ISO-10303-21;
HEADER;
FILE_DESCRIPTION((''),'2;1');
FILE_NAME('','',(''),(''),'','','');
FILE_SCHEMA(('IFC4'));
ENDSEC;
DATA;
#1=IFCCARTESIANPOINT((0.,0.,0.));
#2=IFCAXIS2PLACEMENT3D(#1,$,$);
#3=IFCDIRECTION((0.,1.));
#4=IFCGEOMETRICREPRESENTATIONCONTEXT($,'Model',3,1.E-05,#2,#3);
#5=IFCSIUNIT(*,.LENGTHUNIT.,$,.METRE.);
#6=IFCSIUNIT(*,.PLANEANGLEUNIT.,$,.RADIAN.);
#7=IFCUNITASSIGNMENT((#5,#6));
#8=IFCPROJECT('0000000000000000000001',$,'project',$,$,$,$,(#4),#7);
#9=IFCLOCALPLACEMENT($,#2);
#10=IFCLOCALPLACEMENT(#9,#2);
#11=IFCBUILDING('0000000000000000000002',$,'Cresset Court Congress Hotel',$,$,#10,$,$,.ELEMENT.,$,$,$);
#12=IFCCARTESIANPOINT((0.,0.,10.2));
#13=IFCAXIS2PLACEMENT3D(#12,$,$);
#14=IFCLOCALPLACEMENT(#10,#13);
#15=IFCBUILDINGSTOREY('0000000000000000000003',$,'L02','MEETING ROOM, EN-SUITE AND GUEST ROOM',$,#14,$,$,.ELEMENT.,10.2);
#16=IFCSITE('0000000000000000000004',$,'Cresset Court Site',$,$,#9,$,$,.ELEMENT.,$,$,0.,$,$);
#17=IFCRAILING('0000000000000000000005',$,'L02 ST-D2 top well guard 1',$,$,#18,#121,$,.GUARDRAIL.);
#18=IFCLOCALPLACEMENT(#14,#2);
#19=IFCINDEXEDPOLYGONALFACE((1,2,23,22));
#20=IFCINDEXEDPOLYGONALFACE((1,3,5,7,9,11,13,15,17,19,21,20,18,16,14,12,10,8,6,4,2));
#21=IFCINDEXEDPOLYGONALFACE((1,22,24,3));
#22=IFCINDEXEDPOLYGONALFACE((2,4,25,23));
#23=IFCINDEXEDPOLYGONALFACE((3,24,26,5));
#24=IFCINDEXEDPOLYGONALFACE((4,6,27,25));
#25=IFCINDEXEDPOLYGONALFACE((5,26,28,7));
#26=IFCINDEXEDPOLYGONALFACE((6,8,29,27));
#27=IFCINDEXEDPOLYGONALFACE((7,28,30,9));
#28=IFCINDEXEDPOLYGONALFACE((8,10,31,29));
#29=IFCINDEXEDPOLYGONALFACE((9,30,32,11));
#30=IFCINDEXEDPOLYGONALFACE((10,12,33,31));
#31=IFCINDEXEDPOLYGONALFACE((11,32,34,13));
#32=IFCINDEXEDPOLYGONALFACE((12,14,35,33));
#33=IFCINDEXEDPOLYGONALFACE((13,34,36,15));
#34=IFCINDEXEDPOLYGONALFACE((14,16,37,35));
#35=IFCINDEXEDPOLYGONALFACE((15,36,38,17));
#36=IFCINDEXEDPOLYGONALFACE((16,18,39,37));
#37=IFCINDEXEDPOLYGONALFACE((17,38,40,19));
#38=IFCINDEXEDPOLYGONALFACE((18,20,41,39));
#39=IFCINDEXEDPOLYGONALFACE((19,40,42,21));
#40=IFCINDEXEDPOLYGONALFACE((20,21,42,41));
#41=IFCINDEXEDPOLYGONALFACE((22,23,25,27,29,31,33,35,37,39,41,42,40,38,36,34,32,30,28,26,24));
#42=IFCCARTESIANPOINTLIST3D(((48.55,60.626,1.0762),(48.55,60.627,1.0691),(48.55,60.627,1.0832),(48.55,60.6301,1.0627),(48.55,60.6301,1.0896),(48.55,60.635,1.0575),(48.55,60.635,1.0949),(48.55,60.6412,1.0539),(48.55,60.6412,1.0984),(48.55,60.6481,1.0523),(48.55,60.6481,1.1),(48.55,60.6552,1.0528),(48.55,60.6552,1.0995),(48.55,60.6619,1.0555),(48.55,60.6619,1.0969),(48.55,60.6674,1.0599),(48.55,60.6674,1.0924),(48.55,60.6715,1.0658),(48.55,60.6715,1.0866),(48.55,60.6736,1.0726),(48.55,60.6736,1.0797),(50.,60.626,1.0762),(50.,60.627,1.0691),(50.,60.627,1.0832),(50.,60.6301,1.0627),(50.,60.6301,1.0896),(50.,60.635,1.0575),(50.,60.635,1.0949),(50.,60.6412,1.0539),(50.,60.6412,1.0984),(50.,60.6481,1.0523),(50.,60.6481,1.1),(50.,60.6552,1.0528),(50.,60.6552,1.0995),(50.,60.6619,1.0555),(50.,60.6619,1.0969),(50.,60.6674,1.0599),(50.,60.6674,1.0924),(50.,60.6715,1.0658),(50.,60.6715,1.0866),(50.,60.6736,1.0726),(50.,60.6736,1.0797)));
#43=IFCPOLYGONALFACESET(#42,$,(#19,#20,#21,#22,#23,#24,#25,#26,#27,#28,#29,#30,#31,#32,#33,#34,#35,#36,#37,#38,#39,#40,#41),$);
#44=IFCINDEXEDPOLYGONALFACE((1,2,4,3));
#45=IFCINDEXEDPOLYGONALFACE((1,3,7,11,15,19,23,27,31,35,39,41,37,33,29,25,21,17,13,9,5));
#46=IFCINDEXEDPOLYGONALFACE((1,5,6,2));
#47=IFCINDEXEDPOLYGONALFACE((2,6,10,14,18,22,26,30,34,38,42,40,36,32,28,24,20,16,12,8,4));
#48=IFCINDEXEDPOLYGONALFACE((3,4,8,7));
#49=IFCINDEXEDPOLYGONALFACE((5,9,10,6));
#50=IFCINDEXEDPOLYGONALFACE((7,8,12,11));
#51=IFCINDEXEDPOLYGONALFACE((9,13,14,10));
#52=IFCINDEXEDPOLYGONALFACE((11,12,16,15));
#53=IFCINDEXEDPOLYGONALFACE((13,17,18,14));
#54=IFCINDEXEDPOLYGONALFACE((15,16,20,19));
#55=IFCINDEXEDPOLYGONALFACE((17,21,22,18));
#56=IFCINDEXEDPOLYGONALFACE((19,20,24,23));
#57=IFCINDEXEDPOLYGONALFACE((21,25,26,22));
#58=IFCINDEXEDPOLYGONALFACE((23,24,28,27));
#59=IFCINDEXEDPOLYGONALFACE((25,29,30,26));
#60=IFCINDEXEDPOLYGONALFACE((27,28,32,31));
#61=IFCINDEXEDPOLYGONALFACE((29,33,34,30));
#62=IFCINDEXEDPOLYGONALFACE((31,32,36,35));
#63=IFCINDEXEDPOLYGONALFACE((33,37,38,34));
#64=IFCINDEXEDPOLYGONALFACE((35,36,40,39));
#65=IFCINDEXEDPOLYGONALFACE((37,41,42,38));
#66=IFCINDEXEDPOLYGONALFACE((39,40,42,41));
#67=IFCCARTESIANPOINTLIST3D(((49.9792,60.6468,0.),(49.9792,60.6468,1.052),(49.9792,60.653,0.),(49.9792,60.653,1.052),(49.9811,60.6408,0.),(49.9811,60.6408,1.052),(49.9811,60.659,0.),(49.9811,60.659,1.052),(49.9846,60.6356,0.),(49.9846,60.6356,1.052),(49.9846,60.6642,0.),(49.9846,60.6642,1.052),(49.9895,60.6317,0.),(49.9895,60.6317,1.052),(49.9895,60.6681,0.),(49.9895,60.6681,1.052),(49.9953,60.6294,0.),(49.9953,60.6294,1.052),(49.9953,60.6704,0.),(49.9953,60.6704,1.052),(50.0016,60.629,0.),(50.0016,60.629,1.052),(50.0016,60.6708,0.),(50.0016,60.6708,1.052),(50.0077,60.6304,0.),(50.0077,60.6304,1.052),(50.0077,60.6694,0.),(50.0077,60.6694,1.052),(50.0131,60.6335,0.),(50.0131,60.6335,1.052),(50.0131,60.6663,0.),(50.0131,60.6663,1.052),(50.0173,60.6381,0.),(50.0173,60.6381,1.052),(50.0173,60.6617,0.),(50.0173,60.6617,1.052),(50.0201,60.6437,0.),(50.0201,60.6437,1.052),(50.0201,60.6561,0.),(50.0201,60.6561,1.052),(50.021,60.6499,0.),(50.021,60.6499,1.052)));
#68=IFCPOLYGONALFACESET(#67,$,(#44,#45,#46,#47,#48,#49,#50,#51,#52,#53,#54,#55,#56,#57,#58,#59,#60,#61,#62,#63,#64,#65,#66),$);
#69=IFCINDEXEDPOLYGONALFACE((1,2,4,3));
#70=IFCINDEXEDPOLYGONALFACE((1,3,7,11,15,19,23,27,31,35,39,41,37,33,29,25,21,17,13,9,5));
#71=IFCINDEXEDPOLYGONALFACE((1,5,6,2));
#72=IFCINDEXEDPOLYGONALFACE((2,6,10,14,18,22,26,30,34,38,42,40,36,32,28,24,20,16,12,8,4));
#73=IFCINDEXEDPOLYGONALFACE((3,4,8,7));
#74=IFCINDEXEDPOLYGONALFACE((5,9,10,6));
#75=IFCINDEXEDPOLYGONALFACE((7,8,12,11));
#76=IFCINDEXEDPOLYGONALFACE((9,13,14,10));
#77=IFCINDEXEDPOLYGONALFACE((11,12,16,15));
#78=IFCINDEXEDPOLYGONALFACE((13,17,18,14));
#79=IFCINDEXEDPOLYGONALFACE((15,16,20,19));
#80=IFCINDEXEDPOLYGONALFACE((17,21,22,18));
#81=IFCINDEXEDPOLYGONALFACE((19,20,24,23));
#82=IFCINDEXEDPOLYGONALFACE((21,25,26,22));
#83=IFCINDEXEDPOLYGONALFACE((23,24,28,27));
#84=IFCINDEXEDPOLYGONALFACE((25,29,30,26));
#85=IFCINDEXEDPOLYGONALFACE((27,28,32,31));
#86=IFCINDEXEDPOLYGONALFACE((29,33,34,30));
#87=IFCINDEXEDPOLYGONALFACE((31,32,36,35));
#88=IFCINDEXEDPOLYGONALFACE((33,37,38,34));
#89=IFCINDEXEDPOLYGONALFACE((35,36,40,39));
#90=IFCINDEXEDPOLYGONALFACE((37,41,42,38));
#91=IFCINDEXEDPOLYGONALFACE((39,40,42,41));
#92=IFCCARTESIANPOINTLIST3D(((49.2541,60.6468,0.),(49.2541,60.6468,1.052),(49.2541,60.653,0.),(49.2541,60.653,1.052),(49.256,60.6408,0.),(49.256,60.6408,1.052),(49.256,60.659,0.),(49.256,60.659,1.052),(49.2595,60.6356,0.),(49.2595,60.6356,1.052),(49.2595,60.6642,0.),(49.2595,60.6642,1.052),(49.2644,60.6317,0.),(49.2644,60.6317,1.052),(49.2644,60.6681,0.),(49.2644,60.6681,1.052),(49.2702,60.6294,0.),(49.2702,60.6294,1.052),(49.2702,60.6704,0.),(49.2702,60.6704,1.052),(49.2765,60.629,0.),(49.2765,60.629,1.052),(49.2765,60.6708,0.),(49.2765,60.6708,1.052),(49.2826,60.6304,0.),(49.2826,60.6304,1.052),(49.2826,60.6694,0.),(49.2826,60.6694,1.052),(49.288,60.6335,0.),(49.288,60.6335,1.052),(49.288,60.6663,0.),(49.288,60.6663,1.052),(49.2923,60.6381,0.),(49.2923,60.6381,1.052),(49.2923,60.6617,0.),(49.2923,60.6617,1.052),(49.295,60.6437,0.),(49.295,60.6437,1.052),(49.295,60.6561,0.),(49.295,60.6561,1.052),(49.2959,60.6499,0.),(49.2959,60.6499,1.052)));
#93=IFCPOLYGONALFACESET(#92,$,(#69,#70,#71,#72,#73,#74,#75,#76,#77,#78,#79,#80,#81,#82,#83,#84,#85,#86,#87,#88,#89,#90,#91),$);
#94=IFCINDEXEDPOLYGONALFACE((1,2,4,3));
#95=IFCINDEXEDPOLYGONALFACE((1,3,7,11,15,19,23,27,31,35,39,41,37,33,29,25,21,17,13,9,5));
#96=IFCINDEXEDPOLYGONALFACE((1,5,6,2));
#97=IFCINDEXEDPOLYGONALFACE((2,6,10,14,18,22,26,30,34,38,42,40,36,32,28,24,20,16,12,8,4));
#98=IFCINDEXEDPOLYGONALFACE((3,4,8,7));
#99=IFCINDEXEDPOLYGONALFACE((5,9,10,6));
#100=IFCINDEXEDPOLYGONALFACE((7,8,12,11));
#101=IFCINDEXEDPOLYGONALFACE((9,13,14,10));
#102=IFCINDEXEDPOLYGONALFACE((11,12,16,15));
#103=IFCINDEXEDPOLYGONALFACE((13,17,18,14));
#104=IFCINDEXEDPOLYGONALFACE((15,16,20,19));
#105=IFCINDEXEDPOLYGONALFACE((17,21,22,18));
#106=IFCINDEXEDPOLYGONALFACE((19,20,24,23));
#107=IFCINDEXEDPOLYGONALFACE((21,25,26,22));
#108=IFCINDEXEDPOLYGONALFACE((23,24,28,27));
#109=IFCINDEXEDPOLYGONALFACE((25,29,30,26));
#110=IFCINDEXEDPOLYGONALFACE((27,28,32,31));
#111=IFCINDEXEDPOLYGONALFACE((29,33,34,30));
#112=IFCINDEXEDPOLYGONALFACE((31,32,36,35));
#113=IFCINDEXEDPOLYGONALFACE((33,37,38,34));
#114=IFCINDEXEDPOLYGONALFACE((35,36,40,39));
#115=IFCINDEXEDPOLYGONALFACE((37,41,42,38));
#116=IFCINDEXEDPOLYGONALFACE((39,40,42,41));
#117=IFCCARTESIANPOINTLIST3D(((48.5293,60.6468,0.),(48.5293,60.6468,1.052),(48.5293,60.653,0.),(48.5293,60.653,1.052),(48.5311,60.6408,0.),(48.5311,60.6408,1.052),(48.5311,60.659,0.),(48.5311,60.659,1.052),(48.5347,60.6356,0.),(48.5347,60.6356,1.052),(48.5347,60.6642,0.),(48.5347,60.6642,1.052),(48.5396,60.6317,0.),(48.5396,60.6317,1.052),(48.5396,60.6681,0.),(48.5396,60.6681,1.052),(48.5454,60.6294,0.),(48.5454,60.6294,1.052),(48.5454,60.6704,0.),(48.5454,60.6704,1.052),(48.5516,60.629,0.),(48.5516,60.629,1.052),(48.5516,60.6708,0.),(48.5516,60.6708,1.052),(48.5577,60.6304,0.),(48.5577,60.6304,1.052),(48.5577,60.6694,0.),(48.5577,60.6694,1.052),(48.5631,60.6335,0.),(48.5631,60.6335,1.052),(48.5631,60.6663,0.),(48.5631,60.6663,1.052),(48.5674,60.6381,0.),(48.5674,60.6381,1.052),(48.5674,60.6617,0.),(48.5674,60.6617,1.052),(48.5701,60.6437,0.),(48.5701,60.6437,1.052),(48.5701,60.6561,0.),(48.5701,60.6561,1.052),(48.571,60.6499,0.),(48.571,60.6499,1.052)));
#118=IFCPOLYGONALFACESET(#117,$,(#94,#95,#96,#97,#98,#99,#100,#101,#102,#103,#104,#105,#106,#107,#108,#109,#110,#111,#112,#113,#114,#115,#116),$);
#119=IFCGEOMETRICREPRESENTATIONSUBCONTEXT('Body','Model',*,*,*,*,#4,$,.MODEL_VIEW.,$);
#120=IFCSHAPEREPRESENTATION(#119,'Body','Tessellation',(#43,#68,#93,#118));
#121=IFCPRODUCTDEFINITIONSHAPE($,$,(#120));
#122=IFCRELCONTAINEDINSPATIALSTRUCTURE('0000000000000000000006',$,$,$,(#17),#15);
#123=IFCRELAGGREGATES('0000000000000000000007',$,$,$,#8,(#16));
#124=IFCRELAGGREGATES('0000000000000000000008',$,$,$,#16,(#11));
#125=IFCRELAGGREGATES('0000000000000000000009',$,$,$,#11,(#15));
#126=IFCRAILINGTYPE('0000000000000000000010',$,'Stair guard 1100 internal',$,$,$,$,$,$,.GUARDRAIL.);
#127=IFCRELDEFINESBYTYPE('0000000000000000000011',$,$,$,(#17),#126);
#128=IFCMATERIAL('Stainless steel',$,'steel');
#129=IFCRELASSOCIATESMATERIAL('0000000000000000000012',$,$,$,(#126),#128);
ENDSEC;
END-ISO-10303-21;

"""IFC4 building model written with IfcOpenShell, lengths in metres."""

from ifc_helpers import new_model, si_unit, direction, frame, origin, origin_2d, place, context, subcontext, project, spatial, circle, extrude, material, type_object, element, save


model = new_model("IFC4")

# Units and contexts
model_context = context("Model", 3, precision=1e-05, world=origin(), true_north=direction((0.0, 1.0)))
body_context = subcontext(model_context, "Body", "Model", "MODEL_VIEW")
ifc_project = project(units=[si_unit("LENGTHUNIT", "METRE"), si_unit("PLANEANGLEUNIT", "RADIAN")], contexts=[model_context])

# Site, building, storey
site_placement = place(None, origin())
site = spatial("IfcSite", under=ifc_project, at=site_placement, Name="Cresset Court Site", CompositionType="ELEMENT", RefElevation=0.0)
building_placement = place(site_placement, origin())
building = spatial("IfcBuilding", under=site, at=building_placement, Name="Cresset Court Congress Hotel", CompositionType="ELEMENT")
storey_placement = place(building_placement, frame((0.0, 0.0, 10.2)))
storey = spatial("IfcBuildingStorey", under=building, at=storey_placement, Name="L02", Description="MEETING ROOM, EN-SUITE AND GUEST ROOM", CompositionType="ELEMENT", Elevation=10.2)

# Railing
ifc_material_1 = material(Name="Stainless steel", Category="steel")
railing_type_1 = type_object("IfcRailingType", Name="Stair guard 1100 internal", PredefinedType="GUARDRAIL", material=ifc_material_1)
railing_placement = place(storey_placement, frame((50.0, 60.6499, 0.0)))
element("IfcRailing", 1, at=railing_placement, inside=storey, type_object=railing_type_1, Name="L02 ST-D2 top well guard 1", PredefinedType="GUARDRAIL", context=body_context, shape_type="SweptSolid", body=[
    extrude(circle(Radius=0.0239, at=origin_2d()), frame((0.0, 0.0, 1.0762), z_axis=(-1.0, 0.0, 0.0), x_axis=(0.0, -1.0, 0.0)), (0.0, 0.0, 1.0), 1.45),
    extrude(circle(Radius=0.021, at=origin_2d()), origin(), (0.0, 0.0, 1.0), 1.052),
    extrude(circle(Radius=0.021, at=origin_2d()), frame((-0.7251, 0.0, 0.0)), (0.0, 0.0, 1.0), 1.052),
    extrude(circle(Radius=0.021, at=origin_2d()), frame((-1.45, 0.0, 0.0)), (0.0, 0.0, 1.0), 1.052),
])

save(model, "model.ifc")
